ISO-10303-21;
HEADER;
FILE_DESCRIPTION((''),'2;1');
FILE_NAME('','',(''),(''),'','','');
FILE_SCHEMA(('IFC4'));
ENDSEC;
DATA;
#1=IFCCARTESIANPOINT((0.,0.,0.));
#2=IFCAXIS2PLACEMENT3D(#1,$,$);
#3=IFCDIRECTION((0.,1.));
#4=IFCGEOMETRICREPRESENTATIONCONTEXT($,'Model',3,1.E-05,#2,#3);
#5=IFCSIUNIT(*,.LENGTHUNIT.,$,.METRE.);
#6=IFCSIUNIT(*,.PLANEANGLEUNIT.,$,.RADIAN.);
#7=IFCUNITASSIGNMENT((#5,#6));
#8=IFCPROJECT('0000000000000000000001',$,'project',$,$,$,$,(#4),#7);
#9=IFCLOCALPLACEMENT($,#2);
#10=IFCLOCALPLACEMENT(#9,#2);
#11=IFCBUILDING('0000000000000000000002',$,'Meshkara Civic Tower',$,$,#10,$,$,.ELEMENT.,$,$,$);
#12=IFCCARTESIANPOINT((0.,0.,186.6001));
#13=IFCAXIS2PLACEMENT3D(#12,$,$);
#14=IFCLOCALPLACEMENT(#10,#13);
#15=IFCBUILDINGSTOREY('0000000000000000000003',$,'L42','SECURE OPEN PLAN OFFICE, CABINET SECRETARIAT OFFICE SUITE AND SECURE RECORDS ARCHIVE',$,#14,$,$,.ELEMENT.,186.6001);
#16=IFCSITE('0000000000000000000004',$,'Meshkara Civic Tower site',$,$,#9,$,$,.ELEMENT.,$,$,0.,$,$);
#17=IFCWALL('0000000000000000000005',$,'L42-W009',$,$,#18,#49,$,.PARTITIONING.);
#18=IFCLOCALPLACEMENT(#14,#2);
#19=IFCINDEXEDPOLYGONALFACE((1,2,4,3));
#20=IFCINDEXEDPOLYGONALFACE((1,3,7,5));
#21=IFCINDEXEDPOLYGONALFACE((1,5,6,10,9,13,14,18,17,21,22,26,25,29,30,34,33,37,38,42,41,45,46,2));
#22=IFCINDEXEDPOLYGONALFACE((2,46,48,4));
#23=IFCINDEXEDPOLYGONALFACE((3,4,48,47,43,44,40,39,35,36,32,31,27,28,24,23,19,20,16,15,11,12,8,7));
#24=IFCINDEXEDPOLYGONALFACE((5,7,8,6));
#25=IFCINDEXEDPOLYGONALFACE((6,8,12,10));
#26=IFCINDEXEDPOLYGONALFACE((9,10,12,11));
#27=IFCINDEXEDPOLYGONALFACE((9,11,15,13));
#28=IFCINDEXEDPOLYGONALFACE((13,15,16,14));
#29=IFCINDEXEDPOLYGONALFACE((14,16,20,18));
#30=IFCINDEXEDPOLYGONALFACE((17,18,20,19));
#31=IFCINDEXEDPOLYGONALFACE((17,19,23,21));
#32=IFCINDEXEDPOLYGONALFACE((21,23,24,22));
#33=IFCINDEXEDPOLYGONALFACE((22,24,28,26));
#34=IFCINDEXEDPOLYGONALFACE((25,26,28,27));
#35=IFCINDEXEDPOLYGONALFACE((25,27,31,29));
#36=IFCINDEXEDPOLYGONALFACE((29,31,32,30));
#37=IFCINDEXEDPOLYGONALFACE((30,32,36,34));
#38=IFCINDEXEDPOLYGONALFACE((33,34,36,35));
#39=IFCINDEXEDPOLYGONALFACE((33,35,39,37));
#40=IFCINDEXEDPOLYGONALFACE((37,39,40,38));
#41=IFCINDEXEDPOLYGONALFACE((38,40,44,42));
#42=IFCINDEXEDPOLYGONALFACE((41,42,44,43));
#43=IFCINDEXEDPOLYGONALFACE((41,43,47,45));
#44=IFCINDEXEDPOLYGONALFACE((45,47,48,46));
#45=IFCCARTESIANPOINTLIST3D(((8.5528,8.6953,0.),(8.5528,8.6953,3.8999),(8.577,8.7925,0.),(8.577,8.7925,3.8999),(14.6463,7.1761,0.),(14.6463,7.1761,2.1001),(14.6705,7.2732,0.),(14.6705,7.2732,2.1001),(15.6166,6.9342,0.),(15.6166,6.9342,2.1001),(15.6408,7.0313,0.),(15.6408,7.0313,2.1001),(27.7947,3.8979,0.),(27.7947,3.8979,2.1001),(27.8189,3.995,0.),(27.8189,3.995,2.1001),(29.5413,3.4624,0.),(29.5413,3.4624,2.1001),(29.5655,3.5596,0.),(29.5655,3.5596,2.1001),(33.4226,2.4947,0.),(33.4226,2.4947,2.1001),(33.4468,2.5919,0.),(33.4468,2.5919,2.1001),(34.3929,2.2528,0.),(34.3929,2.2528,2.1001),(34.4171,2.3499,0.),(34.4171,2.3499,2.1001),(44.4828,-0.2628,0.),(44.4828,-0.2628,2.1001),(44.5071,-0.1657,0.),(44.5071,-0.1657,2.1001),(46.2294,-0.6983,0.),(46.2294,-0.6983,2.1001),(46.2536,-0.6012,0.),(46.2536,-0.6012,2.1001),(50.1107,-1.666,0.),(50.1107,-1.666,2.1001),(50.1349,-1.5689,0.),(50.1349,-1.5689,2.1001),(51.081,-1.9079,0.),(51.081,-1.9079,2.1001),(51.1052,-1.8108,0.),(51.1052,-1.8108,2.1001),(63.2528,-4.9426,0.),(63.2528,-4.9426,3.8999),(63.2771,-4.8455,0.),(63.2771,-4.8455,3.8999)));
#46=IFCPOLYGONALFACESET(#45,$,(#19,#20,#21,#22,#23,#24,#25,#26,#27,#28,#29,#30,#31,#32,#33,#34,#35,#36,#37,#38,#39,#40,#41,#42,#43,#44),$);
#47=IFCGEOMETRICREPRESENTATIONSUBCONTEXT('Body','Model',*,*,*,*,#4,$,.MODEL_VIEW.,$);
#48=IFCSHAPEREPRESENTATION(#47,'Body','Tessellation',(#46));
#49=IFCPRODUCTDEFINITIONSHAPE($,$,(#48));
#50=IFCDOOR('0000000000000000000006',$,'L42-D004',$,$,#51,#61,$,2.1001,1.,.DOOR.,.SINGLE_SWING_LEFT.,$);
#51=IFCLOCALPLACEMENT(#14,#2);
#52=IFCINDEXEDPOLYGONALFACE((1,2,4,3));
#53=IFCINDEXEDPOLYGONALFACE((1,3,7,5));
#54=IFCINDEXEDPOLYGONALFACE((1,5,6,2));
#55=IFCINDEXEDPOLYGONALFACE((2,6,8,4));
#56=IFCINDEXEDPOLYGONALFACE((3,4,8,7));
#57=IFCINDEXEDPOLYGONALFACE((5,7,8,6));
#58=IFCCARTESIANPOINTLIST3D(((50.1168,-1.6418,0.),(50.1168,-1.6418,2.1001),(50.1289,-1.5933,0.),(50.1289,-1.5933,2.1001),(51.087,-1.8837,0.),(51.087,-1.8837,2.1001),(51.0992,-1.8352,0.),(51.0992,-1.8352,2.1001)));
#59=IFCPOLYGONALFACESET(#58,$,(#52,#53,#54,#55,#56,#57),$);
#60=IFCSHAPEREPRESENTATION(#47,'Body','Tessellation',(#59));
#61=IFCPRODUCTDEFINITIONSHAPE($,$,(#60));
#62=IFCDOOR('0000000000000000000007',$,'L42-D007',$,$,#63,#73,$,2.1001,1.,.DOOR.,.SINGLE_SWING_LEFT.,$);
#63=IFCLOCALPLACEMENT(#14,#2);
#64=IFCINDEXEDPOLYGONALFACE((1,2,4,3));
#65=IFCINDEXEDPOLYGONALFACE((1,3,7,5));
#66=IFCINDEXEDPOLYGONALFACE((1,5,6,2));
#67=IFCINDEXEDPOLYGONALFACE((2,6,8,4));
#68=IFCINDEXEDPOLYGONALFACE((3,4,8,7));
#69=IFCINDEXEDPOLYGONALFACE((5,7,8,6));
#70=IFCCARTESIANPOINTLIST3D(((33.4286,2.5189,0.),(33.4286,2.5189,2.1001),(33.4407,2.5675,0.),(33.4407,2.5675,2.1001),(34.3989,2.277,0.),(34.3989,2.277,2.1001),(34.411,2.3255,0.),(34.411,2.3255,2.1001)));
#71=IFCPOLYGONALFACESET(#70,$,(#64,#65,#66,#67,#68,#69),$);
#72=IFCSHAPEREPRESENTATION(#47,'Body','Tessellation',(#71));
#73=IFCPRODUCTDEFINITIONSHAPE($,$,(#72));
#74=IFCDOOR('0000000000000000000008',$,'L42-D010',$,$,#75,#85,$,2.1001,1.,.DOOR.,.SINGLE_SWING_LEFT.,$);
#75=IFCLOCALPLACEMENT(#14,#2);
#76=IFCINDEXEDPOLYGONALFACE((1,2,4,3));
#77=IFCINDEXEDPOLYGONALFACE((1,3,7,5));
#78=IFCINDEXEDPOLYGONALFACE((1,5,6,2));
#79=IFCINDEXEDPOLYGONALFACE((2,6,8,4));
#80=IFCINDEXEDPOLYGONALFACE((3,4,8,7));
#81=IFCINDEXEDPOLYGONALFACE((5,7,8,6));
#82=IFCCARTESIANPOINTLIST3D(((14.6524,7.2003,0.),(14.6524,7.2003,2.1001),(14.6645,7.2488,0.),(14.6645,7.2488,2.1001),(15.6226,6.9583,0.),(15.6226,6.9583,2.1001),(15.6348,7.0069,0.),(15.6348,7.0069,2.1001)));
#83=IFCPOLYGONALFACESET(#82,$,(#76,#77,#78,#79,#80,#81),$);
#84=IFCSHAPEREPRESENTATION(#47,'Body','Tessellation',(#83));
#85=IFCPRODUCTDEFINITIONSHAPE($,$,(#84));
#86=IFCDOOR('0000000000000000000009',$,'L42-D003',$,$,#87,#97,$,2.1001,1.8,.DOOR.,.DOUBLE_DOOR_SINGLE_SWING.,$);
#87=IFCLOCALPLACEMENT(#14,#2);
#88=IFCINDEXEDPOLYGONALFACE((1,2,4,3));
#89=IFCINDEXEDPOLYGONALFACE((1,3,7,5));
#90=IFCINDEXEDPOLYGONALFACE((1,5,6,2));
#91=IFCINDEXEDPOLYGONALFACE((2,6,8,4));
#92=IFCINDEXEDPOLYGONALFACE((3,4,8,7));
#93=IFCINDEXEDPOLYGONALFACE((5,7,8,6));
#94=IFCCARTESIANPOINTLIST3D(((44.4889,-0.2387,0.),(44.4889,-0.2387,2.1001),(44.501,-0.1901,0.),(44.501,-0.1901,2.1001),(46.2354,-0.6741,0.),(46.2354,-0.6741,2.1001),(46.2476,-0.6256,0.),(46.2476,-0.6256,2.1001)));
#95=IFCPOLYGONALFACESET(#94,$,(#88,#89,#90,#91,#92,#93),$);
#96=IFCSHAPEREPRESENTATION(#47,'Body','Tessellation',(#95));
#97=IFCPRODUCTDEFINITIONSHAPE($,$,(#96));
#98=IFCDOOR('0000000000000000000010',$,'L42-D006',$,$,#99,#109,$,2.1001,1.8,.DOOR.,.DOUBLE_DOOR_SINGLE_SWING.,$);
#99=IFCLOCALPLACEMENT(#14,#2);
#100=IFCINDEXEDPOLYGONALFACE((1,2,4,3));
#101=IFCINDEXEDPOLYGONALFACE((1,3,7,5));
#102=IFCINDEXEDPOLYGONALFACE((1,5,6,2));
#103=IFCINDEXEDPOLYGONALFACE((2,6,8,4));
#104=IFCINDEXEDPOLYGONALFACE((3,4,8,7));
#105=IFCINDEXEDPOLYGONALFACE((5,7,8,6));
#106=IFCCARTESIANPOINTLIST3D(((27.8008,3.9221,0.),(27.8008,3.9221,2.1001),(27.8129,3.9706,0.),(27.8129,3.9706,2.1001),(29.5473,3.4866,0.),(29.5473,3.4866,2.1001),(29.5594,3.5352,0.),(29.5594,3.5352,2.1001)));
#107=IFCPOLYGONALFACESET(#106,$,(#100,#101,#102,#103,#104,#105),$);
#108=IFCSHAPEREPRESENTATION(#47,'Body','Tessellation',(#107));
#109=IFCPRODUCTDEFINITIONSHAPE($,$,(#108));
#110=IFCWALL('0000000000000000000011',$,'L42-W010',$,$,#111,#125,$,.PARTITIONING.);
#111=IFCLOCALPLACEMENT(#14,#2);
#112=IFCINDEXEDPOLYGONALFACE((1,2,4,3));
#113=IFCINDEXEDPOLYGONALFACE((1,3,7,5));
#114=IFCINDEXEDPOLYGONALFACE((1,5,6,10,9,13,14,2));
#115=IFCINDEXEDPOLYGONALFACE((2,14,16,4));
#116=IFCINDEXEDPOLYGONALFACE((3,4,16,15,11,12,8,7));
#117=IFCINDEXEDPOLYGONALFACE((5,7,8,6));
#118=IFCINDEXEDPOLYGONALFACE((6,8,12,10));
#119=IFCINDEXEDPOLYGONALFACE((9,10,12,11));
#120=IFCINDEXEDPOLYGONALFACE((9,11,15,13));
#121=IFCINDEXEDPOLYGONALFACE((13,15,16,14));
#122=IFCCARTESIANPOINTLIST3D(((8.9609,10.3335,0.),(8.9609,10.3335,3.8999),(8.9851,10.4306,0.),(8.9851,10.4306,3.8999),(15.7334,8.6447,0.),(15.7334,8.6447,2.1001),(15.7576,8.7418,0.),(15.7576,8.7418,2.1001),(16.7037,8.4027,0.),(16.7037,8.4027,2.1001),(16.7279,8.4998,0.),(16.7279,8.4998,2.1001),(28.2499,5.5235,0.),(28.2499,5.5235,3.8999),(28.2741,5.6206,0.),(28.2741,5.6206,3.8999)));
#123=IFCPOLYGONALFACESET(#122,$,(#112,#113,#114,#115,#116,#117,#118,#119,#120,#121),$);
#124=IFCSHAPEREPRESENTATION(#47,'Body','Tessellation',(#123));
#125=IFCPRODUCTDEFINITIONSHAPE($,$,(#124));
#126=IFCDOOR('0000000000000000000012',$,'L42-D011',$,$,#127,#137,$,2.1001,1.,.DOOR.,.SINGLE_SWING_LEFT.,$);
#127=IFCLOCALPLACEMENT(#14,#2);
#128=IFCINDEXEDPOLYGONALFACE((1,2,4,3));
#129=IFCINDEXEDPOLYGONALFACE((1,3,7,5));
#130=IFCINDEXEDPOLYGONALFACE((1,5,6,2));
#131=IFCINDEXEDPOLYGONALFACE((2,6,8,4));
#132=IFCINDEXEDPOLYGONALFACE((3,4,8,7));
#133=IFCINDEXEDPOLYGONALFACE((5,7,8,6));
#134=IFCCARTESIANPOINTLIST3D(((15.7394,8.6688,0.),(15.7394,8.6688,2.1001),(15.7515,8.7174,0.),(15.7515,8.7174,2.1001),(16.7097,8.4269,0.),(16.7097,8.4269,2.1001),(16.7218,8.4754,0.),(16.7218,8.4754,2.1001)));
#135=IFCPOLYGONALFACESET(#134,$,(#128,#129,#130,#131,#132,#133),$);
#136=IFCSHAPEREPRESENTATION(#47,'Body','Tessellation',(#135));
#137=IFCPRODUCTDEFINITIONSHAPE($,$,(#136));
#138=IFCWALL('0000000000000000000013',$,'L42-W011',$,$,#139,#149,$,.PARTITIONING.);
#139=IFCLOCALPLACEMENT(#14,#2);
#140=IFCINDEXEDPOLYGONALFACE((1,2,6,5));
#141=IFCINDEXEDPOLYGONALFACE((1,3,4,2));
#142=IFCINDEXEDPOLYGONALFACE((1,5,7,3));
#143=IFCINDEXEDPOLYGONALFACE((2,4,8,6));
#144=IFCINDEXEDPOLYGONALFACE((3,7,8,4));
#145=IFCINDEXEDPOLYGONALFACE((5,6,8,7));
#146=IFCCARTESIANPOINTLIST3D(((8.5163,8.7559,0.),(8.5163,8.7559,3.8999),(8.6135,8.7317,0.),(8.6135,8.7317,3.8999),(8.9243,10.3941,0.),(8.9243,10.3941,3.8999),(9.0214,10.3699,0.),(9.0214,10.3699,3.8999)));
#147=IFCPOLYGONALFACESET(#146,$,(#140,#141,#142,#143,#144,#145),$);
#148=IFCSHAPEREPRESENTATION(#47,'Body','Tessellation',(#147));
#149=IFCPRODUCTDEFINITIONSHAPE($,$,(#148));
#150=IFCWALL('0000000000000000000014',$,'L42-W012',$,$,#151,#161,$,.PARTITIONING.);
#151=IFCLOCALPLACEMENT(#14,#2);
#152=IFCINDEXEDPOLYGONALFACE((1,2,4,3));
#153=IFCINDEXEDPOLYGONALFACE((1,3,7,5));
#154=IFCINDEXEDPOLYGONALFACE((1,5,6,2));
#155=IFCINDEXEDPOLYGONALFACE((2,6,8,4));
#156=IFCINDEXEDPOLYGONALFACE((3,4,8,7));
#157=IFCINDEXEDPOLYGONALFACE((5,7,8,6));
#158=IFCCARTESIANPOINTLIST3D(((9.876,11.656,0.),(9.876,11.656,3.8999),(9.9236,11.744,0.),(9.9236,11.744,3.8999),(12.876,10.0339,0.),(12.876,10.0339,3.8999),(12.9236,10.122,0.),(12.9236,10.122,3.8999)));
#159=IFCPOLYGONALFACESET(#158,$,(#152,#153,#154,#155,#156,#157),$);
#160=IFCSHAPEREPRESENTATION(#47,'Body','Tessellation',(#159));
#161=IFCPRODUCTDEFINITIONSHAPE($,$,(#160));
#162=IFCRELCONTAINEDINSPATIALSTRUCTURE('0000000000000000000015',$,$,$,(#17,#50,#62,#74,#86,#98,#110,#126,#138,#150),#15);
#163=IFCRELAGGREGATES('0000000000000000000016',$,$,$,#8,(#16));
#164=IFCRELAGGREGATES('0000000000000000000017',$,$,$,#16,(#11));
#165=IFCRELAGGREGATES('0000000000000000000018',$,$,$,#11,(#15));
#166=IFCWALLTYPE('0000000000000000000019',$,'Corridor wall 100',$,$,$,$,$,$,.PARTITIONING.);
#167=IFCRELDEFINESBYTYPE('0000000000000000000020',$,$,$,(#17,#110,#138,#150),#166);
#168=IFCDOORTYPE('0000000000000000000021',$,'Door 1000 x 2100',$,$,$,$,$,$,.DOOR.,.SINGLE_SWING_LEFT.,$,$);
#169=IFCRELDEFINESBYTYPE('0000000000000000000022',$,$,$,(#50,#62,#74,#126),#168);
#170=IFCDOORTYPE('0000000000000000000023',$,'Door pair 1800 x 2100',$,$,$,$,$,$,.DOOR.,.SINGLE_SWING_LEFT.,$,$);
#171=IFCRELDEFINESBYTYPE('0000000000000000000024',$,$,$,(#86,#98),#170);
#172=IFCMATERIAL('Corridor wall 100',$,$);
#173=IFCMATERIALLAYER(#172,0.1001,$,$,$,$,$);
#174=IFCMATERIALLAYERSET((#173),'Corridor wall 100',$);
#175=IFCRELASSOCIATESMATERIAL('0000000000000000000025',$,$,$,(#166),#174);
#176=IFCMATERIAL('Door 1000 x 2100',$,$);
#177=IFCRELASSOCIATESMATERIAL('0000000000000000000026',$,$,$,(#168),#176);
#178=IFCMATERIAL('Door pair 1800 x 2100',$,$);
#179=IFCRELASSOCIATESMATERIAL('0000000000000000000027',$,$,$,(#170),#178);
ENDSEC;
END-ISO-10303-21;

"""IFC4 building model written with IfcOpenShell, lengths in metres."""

from ifc_helpers import new_model, si_unit, direction, frame, frame_2d, origin, place, context, subcontext, project, spatial, rectangle, extrude, material, layer, layer_set, type_object, element, fill, save


model = new_model("IFC4")

# Units and contexts
model_context = context("Model", 3, precision=1e-05, world=origin(), true_north=direction((0.0, 1.0)))
body_context = subcontext(model_context, "Body", "Model", "MODEL_VIEW")
ifc_project = project(units=[si_unit("LENGTHUNIT", "METRE"), si_unit("PLANEANGLEUNIT", "RADIAN")], contexts=[model_context])

# Site, building, storey
site_placement = place(None, origin())
site = spatial("IfcSite", under=ifc_project, at=site_placement, Name="Meshkara Civic Tower site", CompositionType="ELEMENT", RefElevation=0.0)
building_placement = place(site_placement, origin())
building = spatial("IfcBuilding", under=site, at=building_placement, Name="Meshkara Civic Tower", CompositionType="ELEMENT")
storey_placement = place(building_placement, frame((0.0, 0.0, 186.6001)))
storey = spatial("IfcBuildingStorey", under=building, at=storey_placement, Name="L42", Description="SECURE OPEN PLAN OFFICE, CABINET SECRETARIAT OFFICE SUITE AND SECURE RECORDS ARCHIVE", CompositionType="ELEMENT", Elevation=186.6001)

# Wall, openings, doors
ifc_material_1 = material(Name="Corridor wall 100")
ifc_layer_1 = layer(ifc_material_1, 0.1001)
ifc_layer_set_1 = layer_set([ifc_layer_1], Name="Corridor wall 100")
wall_type_1 = type_object("IfcWallType", Name="Corridor wall 100", PredefinedType="PARTITIONING", material=ifc_layer_set_1)
wall_1_placement = place(storey_placement, frame((8.5649, 8.7439, 0.0), z_axis=(0.0, 0.0, 1.0), x_axis=(0.970297, -0.241917, 0.0)))
wall_1 = element("IfcWall", 1, at=wall_1_placement, inside=storey, type_object=wall_type_1, Name="L42-W009", PredefinedType="PARTITIONING", context=body_context, shape_type="SweptSolid", body=[
    extrude(rectangle(XDim=56.3745, YDim=0.1001, at=frame_2d((28.1873, 0.0))), origin(), (0.0, 0.0, 1.0), 3.8999),
])
opening_1_placement = place(wall_1_placement, frame((37.03, 0.0, 0.0)))
opening_1 = element("IfcOpeningElement", 2, at=opening_1_placement, cuts=wall_1, PredefinedType="OPENING", context=body_context, shape_type="SweptSolid", body=[
    extrude(rectangle(XDim=1.8, YDim=2.1001, at=frame_2d((0.8999, 1.05))), frame((0.0, 0.0601, 0.0), z_axis=(0.0, -1.0, 0.0), x_axis=(1.0, 0.0, 0.0)), (0.0, 0.0, 1.0), 0.1201),
])
opening_2_placement = place(wall_1_placement, frame((42.8301, 0.0, 0.0)))
opening_2 = element("IfcOpeningElement", 3, at=opening_2_placement, cuts=wall_1, PredefinedType="OPENING", context=body_context, shape_type="SweptSolid", body=[
    extrude(rectangle(XDim=1.0, YDim=2.1001, at=frame_2d((0.5, 1.05))), frame((0.0, 0.0601, 0.0), z_axis=(0.0, -1.0, 0.0), x_axis=(1.0, 0.0, 0.0)), (0.0, 0.0, 1.0), 0.1201),
])
opening_3_placement = place(wall_1_placement, frame((19.8311, 0.0, 0.0)))
opening_3 = element("IfcOpeningElement", 4, at=opening_3_placement, cuts=wall_1, PredefinedType="OPENING", context=body_context, shape_type="SweptSolid", body=[
    extrude(rectangle(XDim=1.8, YDim=2.1001, at=frame_2d((0.8999, 1.05))), frame((0.0, 0.0601, 0.0), z_axis=(0.0, -1.0, 0.0), x_axis=(1.0, 0.0, 0.0)), (0.0, 0.0, 1.0), 0.1201),
])
opening_4_placement = place(wall_1_placement, frame((25.6311, 0.0, 0.0)))
opening_4 = element("IfcOpeningElement", 5, at=opening_4_placement, cuts=wall_1, PredefinedType="OPENING", context=body_context, shape_type="SweptSolid", body=[
    extrude(rectangle(XDim=1.0, YDim=2.1001, at=frame_2d((0.5, 1.05))), frame((0.0, 0.0601, 0.0), z_axis=(0.0, -1.0, 0.0), x_axis=(1.0, 0.0, 0.0)), (0.0, 0.0, 1.0), 0.1201),
])
opening_5_placement = place(wall_1_placement, frame((6.28, 0.0, 0.0)))
opening_5 = element("IfcOpeningElement", 6, at=opening_5_placement, cuts=wall_1, PredefinedType="OPENING", context=body_context, shape_type="SweptSolid", body=[
    extrude(rectangle(XDim=1.0, YDim=2.1001, at=frame_2d((0.5, 1.05))), frame((0.0, 0.0601, 0.0), z_axis=(0.0, -1.0, 0.0), x_axis=(1.0, 0.0, 0.0)), (0.0, 0.0, 1.0), 0.1201),
])
ifc_material_2 = material(Name="Door 1000 x 2100")
door_type_1 = type_object("IfcDoorType", Name="Door 1000 x 2100", OperationType="SINGLE_SWING_LEFT", PredefinedType="DOOR", material=ifc_material_2)
door_1_placement = place(opening_2_placement, origin())
door_1 = element("IfcDoor", 7, at=door_1_placement, inside=storey, type_object=door_type_1, Name="L42-D004", OperationType="SINGLE_SWING_LEFT", OverallHeight=2.1001, OverallWidth=1.0, PredefinedType="DOOR", context=body_context, shape_type="SweptSolid", body=[
    extrude(rectangle(XDim=1.0, YDim=2.1001, at=frame_2d((0.5, 1.05))), frame((0.0, 0.0249, 0.0), z_axis=(0.0, -1.0, 0.0), x_axis=(1.0, 0.0, 0.0)), (0.0, 0.0, 1.0), 0.05),
])
fill(opening_2, door_1)
door_2_placement = place(opening_4_placement, origin())
door_2 = element("IfcDoor", 8, at=door_2_placement, inside=storey, type_object=door_type_1, Name="L42-D007", OperationType="SINGLE_SWING_LEFT", OverallHeight=2.1001, OverallWidth=1.0, PredefinedType="DOOR", context=body_context, shape_type="SweptSolid", body=[
    extrude(rectangle(XDim=1.0, YDim=2.1001, at=frame_2d((0.5, 1.05))), frame((0.0, 0.0249, 0.0), z_axis=(0.0, -1.0, 0.0), x_axis=(1.0, 0.0, 0.0)), (0.0, 0.0, 1.0), 0.05),
])
fill(opening_4, door_2)
door_3_placement = place(opening_5_placement, origin())
door_3 = element("IfcDoor", 9, at=door_3_placement, inside=storey, type_object=door_type_1, Name="L42-D010", OperationType="SINGLE_SWING_LEFT", OverallHeight=2.1001, OverallWidth=1.0, PredefinedType="DOOR", context=body_context, shape_type="SweptSolid", body=[
    extrude(rectangle(XDim=1.0, YDim=2.1001, at=frame_2d((0.5, 1.05))), frame((0.0, 0.0249, 0.0), z_axis=(0.0, -1.0, 0.0), x_axis=(1.0, 0.0, 0.0)), (0.0, 0.0, 1.0), 0.05),
])
fill(opening_5, door_3)
ifc_material_3 = material(Name="Door pair 1800 x 2100")
door_type_2 = type_object("IfcDoorType", Name="Door pair 1800 x 2100", OperationType="SINGLE_SWING_LEFT", PredefinedType="DOOR", material=ifc_material_3)
door_4_placement = place(opening_1_placement, origin())
door_4 = element("IfcDoor", 10, at=door_4_placement, inside=storey, type_object=door_type_2, Name="L42-D003", OperationType="DOUBLE_DOOR_SINGLE_SWING", OverallHeight=2.1001, OverallWidth=1.8, PredefinedType="DOOR", context=body_context, shape_type="SweptSolid", body=[
    extrude(rectangle(XDim=1.8, YDim=2.1001, at=frame_2d((0.8999, 1.05))), frame((0.0, 0.0249, 0.0), z_axis=(0.0, -1.0, 0.0), x_axis=(1.0, 0.0, 0.0)), (0.0, 0.0, 1.0), 0.05),
])
fill(opening_1, door_4)
door_5_placement = place(opening_3_placement, origin())
door_5 = element("IfcDoor", 11, at=door_5_placement, inside=storey, type_object=door_type_2, Name="L42-D006", OperationType="DOUBLE_DOOR_SINGLE_SWING", OverallHeight=2.1001, OverallWidth=1.8, PredefinedType="DOOR", context=body_context, shape_type="SweptSolid", body=[
    extrude(rectangle(XDim=1.8, YDim=2.1001, at=frame_2d((0.8999, 1.05))), frame((0.0, 0.0249, 0.0), z_axis=(0.0, -1.0, 0.0), x_axis=(1.0, 0.0, 0.0)), (0.0, 0.0, 1.0), 0.05),
])
fill(opening_3, door_5)

# Wall, opening, door
wall_2_placement = place(storey_placement, frame((8.9729, 10.3821, 0.0), z_axis=(0.0, 0.0, 1.0), x_axis=(0.970287, -0.241958, 0.0)))
wall_2 = element("IfcWall", 12, at=wall_2_placement, inside=storey, type_object=wall_type_1, Name="L42-W010", PredefinedType="PARTITIONING", context=body_context, shape_type="SweptSolid", body=[
    extrude(rectangle(XDim=19.8796, YDim=0.1001, at=frame_2d((9.9399, 0.0))), origin(), (0.0, 0.0, 1.0), 3.8999),
])
opening_6_placement = place(wall_2_placement, frame((6.98, 0.0, 0.0)))
opening_6 = element("IfcOpeningElement", 13, at=opening_6_placement, cuts=wall_2, PredefinedType="OPENING", context=body_context, shape_type="SweptSolid", body=[
    extrude(rectangle(XDim=1.0, YDim=2.1001, at=frame_2d((0.5, 1.05))), frame((0.0, 0.0601, 0.0), z_axis=(0.0, -1.0, 0.0), x_axis=(1.0, 0.0, 0.0)), (0.0, 0.0, 1.0), 0.1201),
])
door_6_placement = place(opening_6_placement, origin())
door_6 = element("IfcDoor", 14, at=door_6_placement, inside=storey, type_object=door_type_1, Name="L42-D011", OperationType="SINGLE_SWING_LEFT", OverallHeight=2.1001, OverallWidth=1.0, PredefinedType="DOOR", context=body_context, shape_type="SweptSolid", body=[
    extrude(rectangle(XDim=1.0, YDim=2.1001, at=frame_2d((0.5, 1.05))), frame((0.0, 0.0249, 0.0), z_axis=(0.0, -1.0, 0.0), x_axis=(1.0, 0.0, 0.0)), (0.0, 0.0, 1.0), 0.05),
])
fill(opening_6, door_6)

# Walls
wall_3_placement = place(storey_placement, frame((8.9729, 10.3821, 0.0), z_axis=(0.0, 0.0, 1.0), x_axis=(-0.241651, -0.970363, 0.0)))
element("IfcWall", 15, at=wall_3_placement, inside=storey, type_object=wall_type_1, Name="L42-W011", PredefinedType="PARTITIONING", context=body_context, shape_type="SweptSolid", body=[
    extrude(rectangle(XDim=1.6882, YDim=0.1001, at=frame_2d((0.8442, 0.0))), origin(), (0.0, 0.0, 1.0), 3.8999),
])
wall_4_placement = place(storey_placement, frame((9.8999, 11.7, 0.0), z_axis=(0.0, 0.0, 1.0), x_axis=(0.879651, -0.475619, 0.0)))
element("IfcWall", 16, at=wall_4_placement, inside=storey, type_object=wall_type_1, Name="L42-W012", PredefinedType="PARTITIONING", context=body_context, shape_type="SweptSolid", body=[
    extrude(rectangle(XDim=3.4104, YDim=0.1001, at=frame_2d((1.7051, 0.0))), origin(), (0.0, 0.0, 1.0), 3.8999),
])

save(model, "model.ifc")
